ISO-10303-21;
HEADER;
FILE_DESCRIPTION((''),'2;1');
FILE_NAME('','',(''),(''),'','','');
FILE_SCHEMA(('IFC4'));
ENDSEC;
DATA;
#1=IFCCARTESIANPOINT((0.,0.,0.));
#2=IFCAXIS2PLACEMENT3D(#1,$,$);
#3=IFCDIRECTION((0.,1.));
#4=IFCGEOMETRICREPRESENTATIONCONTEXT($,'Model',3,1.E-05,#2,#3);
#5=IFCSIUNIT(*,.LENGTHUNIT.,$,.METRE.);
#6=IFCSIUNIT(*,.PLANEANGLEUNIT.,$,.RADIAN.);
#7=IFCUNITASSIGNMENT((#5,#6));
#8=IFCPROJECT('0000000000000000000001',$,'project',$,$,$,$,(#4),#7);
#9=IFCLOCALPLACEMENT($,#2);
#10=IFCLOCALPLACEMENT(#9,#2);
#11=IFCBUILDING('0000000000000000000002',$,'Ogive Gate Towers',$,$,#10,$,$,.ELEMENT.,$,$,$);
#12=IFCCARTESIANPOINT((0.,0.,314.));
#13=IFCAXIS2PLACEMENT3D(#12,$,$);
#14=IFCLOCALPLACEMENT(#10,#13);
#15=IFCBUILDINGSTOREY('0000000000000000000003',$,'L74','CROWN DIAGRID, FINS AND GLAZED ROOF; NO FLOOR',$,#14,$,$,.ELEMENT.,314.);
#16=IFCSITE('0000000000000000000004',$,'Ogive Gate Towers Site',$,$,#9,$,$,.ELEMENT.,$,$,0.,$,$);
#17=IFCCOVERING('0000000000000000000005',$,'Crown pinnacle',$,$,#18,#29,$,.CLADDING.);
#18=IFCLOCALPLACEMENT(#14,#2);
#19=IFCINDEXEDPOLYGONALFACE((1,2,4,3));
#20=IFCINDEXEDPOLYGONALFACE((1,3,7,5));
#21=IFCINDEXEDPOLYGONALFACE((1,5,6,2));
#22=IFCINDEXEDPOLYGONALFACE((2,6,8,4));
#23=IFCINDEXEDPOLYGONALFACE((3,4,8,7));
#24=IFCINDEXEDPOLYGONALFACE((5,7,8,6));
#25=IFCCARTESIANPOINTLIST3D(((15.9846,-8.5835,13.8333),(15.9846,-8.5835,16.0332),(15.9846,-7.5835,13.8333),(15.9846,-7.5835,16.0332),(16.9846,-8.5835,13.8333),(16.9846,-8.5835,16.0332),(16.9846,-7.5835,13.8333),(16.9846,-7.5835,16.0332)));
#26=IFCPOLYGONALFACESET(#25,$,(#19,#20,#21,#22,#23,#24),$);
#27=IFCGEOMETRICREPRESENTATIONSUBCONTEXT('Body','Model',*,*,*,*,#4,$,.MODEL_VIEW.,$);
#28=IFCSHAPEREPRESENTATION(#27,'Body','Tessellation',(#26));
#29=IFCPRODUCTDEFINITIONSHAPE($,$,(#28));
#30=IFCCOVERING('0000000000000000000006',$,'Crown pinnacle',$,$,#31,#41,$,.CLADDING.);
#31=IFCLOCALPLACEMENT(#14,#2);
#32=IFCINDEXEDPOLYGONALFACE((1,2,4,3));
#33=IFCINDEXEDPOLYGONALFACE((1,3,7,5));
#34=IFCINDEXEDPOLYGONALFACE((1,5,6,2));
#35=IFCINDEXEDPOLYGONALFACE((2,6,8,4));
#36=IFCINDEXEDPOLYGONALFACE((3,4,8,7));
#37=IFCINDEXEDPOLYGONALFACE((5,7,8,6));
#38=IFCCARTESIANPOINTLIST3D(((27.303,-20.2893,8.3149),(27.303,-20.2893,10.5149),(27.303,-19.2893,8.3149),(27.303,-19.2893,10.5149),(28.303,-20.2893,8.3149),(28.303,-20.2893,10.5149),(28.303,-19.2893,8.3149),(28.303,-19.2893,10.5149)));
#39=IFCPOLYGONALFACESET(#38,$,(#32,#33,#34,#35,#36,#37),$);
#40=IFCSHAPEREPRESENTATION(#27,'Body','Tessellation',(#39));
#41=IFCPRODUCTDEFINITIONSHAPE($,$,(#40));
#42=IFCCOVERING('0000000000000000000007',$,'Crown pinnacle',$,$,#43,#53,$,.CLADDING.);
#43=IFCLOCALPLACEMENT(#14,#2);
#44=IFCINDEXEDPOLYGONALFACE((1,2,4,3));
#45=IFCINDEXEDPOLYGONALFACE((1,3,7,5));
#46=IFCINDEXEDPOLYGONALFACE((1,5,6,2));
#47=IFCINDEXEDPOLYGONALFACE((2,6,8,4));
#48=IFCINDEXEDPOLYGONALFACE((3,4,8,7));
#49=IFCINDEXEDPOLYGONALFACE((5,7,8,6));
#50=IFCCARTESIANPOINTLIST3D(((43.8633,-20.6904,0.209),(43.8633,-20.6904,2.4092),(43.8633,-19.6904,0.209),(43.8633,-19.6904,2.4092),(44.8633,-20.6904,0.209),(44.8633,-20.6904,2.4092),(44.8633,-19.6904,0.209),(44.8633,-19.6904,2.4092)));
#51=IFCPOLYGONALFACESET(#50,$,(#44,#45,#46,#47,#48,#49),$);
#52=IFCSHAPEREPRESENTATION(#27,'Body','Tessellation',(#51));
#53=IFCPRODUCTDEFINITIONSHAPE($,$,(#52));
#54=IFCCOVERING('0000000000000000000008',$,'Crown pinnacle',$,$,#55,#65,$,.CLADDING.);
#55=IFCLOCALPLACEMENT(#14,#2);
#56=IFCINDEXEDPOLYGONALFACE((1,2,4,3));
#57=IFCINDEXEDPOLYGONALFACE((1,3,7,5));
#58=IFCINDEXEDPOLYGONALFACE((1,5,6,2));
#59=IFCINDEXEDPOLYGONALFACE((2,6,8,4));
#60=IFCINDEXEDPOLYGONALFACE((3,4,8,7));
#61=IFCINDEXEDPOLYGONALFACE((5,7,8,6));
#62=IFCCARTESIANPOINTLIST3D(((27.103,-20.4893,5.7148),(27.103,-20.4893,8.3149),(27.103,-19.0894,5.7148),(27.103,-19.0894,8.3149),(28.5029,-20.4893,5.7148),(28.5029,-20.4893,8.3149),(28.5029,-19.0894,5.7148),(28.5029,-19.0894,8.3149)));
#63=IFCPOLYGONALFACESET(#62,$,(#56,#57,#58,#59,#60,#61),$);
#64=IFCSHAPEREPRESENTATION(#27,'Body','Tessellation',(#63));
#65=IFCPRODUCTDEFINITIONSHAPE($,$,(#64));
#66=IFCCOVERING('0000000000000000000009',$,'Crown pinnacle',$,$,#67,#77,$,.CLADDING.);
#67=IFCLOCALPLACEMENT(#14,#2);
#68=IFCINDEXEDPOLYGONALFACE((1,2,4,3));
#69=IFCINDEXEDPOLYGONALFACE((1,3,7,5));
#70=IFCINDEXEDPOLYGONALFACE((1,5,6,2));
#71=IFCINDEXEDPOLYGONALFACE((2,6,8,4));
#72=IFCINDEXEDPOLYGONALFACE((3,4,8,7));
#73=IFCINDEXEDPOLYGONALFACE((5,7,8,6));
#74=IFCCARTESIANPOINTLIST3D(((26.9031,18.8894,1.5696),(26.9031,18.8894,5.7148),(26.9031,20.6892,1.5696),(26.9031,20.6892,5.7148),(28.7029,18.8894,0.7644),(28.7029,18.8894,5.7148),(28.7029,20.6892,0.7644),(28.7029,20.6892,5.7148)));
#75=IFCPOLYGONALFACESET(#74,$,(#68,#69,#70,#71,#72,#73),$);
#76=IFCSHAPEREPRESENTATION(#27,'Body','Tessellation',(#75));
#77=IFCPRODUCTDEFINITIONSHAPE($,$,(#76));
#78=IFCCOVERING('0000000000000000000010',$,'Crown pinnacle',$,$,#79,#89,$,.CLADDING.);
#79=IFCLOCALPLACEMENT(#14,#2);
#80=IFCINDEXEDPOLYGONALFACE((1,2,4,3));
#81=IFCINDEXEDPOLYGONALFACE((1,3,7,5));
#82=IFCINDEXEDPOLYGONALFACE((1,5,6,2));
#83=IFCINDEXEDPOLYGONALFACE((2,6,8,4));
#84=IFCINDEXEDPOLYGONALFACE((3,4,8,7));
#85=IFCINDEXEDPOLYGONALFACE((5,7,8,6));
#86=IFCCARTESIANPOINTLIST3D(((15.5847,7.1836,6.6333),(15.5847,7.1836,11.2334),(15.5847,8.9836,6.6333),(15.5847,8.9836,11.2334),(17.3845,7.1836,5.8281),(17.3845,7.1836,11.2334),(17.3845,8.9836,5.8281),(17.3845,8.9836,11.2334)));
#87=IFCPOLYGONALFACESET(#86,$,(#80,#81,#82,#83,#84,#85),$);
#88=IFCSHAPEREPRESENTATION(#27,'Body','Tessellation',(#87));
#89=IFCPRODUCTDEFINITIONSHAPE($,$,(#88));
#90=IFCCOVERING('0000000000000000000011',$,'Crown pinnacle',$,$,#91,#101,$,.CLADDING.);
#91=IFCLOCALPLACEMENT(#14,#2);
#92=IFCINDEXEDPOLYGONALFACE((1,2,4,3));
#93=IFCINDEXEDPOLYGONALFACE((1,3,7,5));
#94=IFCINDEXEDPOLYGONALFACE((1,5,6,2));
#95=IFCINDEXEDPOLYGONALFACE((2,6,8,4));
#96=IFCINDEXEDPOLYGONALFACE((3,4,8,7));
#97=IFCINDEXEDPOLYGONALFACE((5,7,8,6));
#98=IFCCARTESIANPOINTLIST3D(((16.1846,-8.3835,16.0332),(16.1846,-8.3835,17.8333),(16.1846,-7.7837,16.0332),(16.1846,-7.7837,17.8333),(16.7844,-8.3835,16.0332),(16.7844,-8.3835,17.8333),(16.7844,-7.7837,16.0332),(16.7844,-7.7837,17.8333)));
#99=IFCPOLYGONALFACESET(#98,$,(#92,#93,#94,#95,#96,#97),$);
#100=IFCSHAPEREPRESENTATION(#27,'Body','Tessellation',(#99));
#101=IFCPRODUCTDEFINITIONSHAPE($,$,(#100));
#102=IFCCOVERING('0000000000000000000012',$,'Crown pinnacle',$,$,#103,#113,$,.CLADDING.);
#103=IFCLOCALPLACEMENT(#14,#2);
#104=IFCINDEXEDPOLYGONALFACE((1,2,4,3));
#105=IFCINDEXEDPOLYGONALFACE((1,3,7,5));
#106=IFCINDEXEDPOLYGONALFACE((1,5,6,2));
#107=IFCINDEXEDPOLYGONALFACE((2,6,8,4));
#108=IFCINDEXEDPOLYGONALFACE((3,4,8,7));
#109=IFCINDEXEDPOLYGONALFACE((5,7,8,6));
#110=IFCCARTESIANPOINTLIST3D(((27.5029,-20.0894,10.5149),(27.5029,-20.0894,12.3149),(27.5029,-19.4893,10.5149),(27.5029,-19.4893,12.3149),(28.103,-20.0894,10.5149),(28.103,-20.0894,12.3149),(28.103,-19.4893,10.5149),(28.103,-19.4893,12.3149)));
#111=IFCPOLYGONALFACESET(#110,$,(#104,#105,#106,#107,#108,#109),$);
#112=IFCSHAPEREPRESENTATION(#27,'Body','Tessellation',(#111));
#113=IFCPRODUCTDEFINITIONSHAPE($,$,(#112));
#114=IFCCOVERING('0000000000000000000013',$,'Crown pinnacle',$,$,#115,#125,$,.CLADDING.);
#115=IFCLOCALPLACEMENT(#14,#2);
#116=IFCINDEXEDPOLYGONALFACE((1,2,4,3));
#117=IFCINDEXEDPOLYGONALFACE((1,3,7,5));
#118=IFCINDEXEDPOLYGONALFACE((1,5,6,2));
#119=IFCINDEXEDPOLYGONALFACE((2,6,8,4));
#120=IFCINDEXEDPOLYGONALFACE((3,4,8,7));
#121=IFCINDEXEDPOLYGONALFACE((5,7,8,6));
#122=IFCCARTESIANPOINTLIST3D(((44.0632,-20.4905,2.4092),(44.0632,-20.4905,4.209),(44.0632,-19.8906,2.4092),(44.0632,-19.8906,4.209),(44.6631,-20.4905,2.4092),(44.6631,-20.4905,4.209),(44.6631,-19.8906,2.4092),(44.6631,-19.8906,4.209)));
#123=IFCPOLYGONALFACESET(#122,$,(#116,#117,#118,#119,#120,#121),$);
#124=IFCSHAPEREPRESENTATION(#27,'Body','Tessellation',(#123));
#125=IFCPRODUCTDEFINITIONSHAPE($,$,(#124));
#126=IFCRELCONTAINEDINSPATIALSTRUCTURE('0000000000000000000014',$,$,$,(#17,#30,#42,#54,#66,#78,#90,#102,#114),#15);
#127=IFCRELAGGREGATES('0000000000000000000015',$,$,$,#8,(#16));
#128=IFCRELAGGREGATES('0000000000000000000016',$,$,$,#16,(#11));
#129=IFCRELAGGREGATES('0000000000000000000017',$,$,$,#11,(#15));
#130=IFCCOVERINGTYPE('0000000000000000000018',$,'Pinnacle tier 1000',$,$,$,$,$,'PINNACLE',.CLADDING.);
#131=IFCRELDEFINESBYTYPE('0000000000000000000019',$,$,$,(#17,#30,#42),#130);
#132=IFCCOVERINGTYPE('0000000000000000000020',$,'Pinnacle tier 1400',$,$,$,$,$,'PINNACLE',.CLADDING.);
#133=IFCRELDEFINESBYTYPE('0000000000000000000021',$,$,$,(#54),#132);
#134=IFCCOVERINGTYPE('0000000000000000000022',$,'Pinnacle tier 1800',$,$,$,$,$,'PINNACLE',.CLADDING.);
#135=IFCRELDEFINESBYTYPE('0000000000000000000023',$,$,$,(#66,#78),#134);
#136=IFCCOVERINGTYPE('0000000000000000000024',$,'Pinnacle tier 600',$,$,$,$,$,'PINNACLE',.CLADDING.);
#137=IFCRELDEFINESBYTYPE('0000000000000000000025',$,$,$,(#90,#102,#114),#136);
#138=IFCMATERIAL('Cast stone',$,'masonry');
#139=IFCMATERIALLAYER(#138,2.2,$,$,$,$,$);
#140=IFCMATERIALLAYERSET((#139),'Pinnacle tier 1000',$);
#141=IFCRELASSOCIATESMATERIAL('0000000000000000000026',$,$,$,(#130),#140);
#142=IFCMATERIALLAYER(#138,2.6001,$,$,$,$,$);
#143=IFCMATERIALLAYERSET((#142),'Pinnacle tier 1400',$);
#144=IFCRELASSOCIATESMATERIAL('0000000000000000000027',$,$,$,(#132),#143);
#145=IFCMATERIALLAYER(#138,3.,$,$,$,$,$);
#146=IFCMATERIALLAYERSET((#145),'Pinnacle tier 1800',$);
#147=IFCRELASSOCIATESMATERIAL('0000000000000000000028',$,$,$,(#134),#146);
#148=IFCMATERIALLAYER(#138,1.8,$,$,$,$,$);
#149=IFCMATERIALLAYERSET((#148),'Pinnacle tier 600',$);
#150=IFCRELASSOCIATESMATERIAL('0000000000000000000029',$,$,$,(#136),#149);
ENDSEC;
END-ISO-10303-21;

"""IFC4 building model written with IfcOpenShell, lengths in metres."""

from ifc_helpers import new_model, si_unit, direction, frame, origin, place, context, subcontext, project, spatial, polyline, outline, extrude, material, layer, layer_set, type_object, element, save


model = new_model("IFC4")

# Units and contexts
model_context = context("Model", 3, precision=1e-05, world=origin(), true_north=direction((0.0, 1.0)))
body_context = subcontext(model_context, "Body", "Model", "MODEL_VIEW")
ifc_project = project(units=[si_unit("LENGTHUNIT", "METRE"), si_unit("PLANEANGLEUNIT", "RADIAN")], contexts=[model_context])

# Site, building, storey
site_placement = place(None, origin())
site = spatial("IfcSite", under=ifc_project, at=site_placement, Name="Ogive Gate Towers Site", CompositionType="ELEMENT", RefElevation=0.0)
building_placement = place(site_placement, origin())
building = spatial("IfcBuilding", under=site, at=building_placement, Name="Ogive Gate Towers", CompositionType="ELEMENT")
storey_placement = place(building_placement, frame((0.0, 0.0, 314.0)))
storey = spatial("IfcBuildingStorey", under=building, at=storey_placement, Name="L74", Description="CROWN DIAGRID, FINS AND GLAZED ROOF; NO FLOOR", CompositionType="ELEMENT", Elevation=314.0)

# Coverings
ifc_material_1 = material(Name="Cast stone", Category="masonry")
ifc_layer_1 = layer(ifc_material_1, 2.2)
ifc_layer_set_1 = layer_set([ifc_layer_1], Name="Pinnacle tier 1000")
covering_type_1 = type_object("IfcCoveringType", Name="Pinnacle tier 1000", ElementType="PINNACLE", PredefinedType="CLADDING", material=ifc_layer_set_1)
covering_1_placement = place(storey_placement, frame((0.0, 0.0, 13.8333)))
element("IfcCovering", 1, at=covering_1_placement, inside=storey, type_object=covering_type_1, Name="Crown pinnacle", PredefinedType="CLADDING", context=body_context, shape_type="SweptSolid", body=[
    extrude(outline(polyline([(16.9846, -7.5835), (15.9846, -7.5835), (15.9846, -8.5835), (16.9846, -8.5835), (16.9846, -7.5835)])), origin(), (0.0, 0.0, 1.0), 2.2),
])
covering_2_placement = place(storey_placement, frame((0.0, 0.0, 8.3149)))
element("IfcCovering", 2, at=covering_2_placement, inside=storey, type_object=covering_type_1, Name="Crown pinnacle", PredefinedType="CLADDING", context=body_context, shape_type="SweptSolid", body=[
    extrude(outline(polyline([(28.303, -19.2893), (27.303, -19.2893), (27.303, -20.2893), (28.303, -20.2893), (28.303, -19.2893)])), origin(), (0.0, 0.0, 1.0), 2.2),
])
covering_3_placement = place(storey_placement, frame((0.0, 0.0, 0.209)))
element("IfcCovering", 3, at=covering_3_placement, inside=storey, type_object=covering_type_1, Name="Crown pinnacle", PredefinedType="CLADDING", context=body_context, shape_type="SweptSolid", body=[
    extrude(outline(polyline([(44.8633, -19.6904), (43.8633, -19.6904), (43.8633, -20.6904), (44.8633, -20.6904), (44.8633, -19.6904)])), origin(), (0.0, 0.0, 1.0), 2.2002),
])
ifc_layer_2 = layer(ifc_material_1, 2.6001)
ifc_layer_set_2 = layer_set([ifc_layer_2], Name="Pinnacle tier 1400")
covering_type_2 = type_object("IfcCoveringType", Name="Pinnacle tier 1400", ElementType="PINNACLE", PredefinedType="CLADDING", material=ifc_layer_set_2)
covering_4_placement = place(storey_placement, frame((0.0, 0.0, 5.7148)))
element("IfcCovering", 4, at=covering_4_placement, inside=storey, type_object=covering_type_2, Name="Crown pinnacle", PredefinedType="CLADDING", context=body_context, shape_type="SweptSolid", body=[
    extrude(outline(polyline([(28.5029, -19.0894), (27.103, -19.0894), (27.103, -20.4893), (28.5029, -20.4893), (28.5029, -19.0894)])), origin(), (0.0, 0.0, 1.0), 2.6001),
])
ifc_layer_3 = layer(ifc_material_1, 3.0)
ifc_layer_set_3 = layer_set([ifc_layer_3], Name="Pinnacle tier 1800")
covering_type_3 = type_object("IfcCoveringType", Name="Pinnacle tier 1800", ElementType="PINNACLE", PredefinedType="CLADDING", material=ifc_layer_set_3)
covering_5_placement = place(storey_placement, frame((27.803, 20.6892, 1.167), z_axis=(0.0, -1.0, 0.0), x_axis=(1.0, 0.0, 0.0)))
element("IfcCovering", 5, at=covering_5_placement, inside=storey, type_object=covering_type_3, Name="Crown pinnacle", PredefinedType="CLADDING", context=body_context, shape_type="SweptSolid", body=[
    extrude(outline(polyline([(0.8999, -0.4026), (-0.8999, 0.4026), (-0.8999, 4.5479), (0.8999, 4.5479), (0.8999, -0.4026)])), origin(), (0.0, 0.0, 1.0), 1.7998),
])
covering_6_placement = place(storey_placement, frame((16.4846, 8.9836, 6.2307), z_axis=(0.0, -1.0, 0.0), x_axis=(1.0, 0.0, 0.0)))
element("IfcCovering", 6, at=covering_6_placement, inside=storey, type_object=covering_type_3, Name="Crown pinnacle", PredefinedType="CLADDING", context=body_context, shape_type="SweptSolid", body=[
    extrude(outline(polyline([(0.8999, -0.4026), (-0.8999, 0.4026), (-0.8999, 5.0027), (0.8999, 5.0027), (0.8999, -0.4026)])), origin(), (0.0, 0.0, 1.0), 1.8),
])
ifc_layer_4 = layer(ifc_material_1, 1.8)
ifc_layer_set_4 = layer_set([ifc_layer_4], Name="Pinnacle tier 600")
covering_type_4 = type_object("IfcCoveringType", Name="Pinnacle tier 600", ElementType="PINNACLE", PredefinedType="CLADDING", material=ifc_layer_set_4)
covering_7_placement = place(storey_placement, frame((0.0, 0.0, 16.0332)))
element("IfcCovering", 7, at=covering_7_placement, inside=storey, type_object=covering_type_4, Name="Crown pinnacle", PredefinedType="CLADDING", context=body_context, shape_type="SweptSolid", body=[
    extrude(outline(polyline([(16.7844, -7.7837), (16.1846, -7.7837), (16.1846, -8.3835), (16.7844, -8.3835), (16.7844, -7.7837)])), origin(), (0.0, 0.0, 1.0), 1.8),
])
covering_8_placement = place(storey_placement, frame((0.0, 0.0, 10.5149)))
element("IfcCovering", 8, at=covering_8_placement, inside=storey, type_object=covering_type_4, Name="Crown pinnacle", PredefinedType="CLADDING", context=body_context, shape_type="SweptSolid", body=[
    extrude(outline(polyline([(28.103, -19.4893), (27.5029, -19.4893), (27.5029, -20.0894), (28.103, -20.0894), (28.103, -19.4893)])), origin(), (0.0, 0.0, 1.0), 1.8),
])
covering_9_placement = place(storey_placement, frame((0.0, 0.0, 2.4092)))
element("IfcCovering", 9, at=covering_9_placement, inside=storey, type_object=covering_type_4, Name="Crown pinnacle", PredefinedType="CLADDING", context=body_context, shape_type="SweptSolid", body=[
    extrude(outline(polyline([(44.6631, -19.8906), (44.0632, -19.8906), (44.0632, -20.4905), (44.6631, -20.4905), (44.6631, -19.8906)])), origin(), (0.0, 0.0, 1.0), 1.7998),
])

save(model, "model.ifc")
